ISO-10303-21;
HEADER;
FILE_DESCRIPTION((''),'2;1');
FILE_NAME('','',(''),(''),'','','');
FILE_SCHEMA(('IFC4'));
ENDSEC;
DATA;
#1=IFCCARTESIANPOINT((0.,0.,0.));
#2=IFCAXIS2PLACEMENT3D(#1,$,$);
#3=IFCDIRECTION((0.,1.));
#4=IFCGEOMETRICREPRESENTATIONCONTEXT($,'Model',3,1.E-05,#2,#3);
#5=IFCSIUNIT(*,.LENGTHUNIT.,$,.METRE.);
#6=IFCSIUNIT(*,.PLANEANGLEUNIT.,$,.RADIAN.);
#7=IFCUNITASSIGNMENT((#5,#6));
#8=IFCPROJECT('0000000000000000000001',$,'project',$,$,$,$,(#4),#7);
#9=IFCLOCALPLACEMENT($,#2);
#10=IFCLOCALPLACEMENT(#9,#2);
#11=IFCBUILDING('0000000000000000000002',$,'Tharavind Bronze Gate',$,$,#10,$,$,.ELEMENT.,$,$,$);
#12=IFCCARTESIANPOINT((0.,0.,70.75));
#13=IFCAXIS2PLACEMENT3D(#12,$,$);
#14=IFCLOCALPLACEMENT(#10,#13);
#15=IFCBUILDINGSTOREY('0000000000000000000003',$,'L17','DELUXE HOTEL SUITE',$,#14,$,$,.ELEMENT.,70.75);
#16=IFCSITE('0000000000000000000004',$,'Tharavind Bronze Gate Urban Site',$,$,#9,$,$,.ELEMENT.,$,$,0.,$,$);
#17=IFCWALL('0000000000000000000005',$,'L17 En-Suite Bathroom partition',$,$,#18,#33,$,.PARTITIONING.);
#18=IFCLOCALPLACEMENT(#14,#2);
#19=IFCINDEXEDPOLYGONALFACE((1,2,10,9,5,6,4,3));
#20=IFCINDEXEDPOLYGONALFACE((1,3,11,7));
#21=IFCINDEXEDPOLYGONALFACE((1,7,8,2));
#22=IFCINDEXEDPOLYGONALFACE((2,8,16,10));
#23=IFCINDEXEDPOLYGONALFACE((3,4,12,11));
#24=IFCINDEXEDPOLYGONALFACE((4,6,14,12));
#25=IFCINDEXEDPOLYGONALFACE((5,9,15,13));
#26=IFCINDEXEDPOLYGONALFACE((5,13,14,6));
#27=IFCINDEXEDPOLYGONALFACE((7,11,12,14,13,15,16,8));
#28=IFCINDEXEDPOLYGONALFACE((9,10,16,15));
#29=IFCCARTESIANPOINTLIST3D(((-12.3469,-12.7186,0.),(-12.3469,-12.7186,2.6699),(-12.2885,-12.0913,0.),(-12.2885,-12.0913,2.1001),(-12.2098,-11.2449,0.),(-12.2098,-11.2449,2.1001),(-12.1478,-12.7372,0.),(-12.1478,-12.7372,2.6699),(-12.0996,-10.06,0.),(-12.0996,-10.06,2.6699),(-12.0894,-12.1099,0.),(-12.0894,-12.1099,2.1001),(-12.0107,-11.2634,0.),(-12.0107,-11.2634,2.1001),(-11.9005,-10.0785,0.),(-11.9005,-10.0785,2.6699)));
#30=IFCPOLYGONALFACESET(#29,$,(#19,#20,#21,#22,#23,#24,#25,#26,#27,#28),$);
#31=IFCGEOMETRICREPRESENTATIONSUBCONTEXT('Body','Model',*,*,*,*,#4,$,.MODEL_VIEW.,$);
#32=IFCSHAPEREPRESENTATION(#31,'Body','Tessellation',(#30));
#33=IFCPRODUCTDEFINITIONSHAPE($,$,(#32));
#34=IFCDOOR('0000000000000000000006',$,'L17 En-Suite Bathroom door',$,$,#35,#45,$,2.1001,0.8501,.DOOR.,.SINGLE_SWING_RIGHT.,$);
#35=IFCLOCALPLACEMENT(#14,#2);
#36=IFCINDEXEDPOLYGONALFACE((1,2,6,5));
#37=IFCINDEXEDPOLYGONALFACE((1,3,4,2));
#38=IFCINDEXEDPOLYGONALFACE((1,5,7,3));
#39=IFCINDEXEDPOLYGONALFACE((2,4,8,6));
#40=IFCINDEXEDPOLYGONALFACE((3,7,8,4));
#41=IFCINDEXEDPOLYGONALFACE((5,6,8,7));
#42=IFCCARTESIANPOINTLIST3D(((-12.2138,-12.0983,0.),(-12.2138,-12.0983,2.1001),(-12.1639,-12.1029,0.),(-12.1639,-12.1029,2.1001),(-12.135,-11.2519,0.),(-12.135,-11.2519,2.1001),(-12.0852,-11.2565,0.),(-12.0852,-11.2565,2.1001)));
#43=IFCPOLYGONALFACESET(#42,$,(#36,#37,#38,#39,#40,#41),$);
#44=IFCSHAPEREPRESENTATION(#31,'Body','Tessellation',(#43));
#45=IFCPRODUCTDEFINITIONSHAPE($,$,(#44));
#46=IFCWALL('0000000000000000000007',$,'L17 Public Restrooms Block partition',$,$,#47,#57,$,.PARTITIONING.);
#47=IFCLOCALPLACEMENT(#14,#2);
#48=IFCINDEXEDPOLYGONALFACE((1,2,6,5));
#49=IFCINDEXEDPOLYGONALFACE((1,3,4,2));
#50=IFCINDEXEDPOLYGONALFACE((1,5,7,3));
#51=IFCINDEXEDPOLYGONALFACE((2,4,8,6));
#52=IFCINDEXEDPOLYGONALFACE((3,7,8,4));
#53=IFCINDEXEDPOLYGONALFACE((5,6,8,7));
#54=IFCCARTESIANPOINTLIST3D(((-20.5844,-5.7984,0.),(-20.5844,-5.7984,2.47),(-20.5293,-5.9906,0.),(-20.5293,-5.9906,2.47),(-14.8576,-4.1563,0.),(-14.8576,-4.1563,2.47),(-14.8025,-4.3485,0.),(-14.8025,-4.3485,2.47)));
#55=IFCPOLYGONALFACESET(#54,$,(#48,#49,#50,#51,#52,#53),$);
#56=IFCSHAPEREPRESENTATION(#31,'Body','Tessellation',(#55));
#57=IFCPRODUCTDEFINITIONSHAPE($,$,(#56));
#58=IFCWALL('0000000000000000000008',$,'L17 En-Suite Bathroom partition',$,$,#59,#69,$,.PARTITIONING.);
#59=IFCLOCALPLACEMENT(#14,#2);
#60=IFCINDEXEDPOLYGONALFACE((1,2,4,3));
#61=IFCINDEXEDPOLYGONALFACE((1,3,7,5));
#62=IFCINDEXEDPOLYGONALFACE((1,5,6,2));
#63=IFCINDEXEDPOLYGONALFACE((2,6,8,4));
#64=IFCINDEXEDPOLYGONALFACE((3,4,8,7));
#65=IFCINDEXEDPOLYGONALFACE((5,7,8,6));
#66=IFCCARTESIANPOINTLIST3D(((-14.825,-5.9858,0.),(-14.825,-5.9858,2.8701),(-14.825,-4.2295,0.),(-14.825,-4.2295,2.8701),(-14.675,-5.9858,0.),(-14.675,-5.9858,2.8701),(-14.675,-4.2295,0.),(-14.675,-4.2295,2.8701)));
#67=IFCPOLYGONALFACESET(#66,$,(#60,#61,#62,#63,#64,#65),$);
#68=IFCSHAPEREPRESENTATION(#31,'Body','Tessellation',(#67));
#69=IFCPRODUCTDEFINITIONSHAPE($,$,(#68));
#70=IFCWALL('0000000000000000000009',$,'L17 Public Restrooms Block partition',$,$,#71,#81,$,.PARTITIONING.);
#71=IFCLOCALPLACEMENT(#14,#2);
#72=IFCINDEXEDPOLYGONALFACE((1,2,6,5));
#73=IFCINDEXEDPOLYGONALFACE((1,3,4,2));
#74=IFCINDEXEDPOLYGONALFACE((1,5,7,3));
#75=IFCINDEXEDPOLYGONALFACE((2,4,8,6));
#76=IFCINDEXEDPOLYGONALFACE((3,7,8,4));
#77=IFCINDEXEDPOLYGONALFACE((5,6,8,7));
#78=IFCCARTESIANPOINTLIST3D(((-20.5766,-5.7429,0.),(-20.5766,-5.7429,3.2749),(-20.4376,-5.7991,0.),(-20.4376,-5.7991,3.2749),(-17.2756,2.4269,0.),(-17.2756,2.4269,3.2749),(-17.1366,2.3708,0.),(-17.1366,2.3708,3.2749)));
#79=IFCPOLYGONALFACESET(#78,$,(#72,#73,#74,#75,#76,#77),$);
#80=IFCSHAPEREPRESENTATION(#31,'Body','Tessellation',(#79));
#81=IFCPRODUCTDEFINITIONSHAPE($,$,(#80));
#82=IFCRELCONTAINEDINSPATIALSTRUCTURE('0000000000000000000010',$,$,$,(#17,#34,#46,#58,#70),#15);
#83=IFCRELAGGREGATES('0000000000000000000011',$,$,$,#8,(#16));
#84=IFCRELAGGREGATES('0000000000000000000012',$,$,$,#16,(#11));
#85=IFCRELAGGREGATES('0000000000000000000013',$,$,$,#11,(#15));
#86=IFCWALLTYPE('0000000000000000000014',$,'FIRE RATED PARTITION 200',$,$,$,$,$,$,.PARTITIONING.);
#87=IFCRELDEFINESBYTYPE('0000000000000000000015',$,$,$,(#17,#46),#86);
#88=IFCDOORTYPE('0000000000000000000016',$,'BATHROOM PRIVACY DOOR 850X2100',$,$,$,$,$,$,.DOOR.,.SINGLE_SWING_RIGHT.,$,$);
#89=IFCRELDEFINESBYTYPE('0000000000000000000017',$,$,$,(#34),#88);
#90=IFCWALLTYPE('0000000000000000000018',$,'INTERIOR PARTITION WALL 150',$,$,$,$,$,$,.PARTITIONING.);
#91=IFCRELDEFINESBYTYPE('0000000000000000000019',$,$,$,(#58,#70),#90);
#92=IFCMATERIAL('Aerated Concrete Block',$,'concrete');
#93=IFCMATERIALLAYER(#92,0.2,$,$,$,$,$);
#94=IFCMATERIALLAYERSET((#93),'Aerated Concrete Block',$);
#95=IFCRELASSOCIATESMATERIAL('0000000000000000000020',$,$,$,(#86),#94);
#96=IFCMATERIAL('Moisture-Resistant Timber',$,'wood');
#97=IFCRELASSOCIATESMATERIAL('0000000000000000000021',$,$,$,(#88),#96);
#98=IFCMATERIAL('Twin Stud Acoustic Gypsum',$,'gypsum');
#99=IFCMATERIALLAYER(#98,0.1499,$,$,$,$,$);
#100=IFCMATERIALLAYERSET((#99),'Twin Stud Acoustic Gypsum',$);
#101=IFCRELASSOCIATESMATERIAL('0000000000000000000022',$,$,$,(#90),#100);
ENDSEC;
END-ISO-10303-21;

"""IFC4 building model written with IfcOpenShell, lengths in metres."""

from ifc_helpers import new_model, si_unit, direction, frame, frame_2d, origin, place, context, subcontext, project, spatial, rectangle, extrude, material, layer, layer_set, type_object, element, fill, save


model = new_model("IFC4")

# Units and contexts
model_context = context("Model", 3, precision=1e-05, world=origin(), true_north=direction((0.0, 1.0)))
body_context = subcontext(model_context, "Body", "Model", "MODEL_VIEW")
ifc_project = project(units=[si_unit("LENGTHUNIT", "METRE"), si_unit("PLANEANGLEUNIT", "RADIAN")], contexts=[model_context])

# Site, building, storey
site_placement = place(None, origin())
site = spatial("IfcSite", under=ifc_project, at=site_placement, Name="Tharavind Bronze Gate Urban Site", CompositionType="ELEMENT", RefElevation=0.0)
building_placement = place(site_placement, origin())
building = spatial("IfcBuilding", under=site, at=building_placement, Name="Tharavind Bronze Gate", CompositionType="ELEMENT")
storey_placement = place(building_placement, frame((0.0, 0.0, 70.75)))
storey = spatial("IfcBuildingStorey", under=building, at=storey_placement, Name="L17", Description="DELUXE HOTEL SUITE", CompositionType="ELEMENT", Elevation=70.75)

# Shared definitions
ifc_material_1 = material(Name="Aerated Concrete Block", Category="concrete")
ifc_layer_1 = layer(ifc_material_1, 0.2)
ifc_layer_set_1 = layer_set([ifc_layer_1], Name="Aerated Concrete Block")
wall_type_1 = type_object("IfcWallType", Name="FIRE RATED PARTITION 200", PredefinedType="PARTITIONING", material=ifc_layer_set_1)

# Wall, opening, door
wall_1_placement = place(storey_placement, frame((-12.2473, -12.7278, 0.0), z_axis=(0.0, 0.0, 1.0), x_axis=(0.092621, 0.995701, 0.0)))
wall_1 = element("IfcWall", 1, at=wall_1_placement, inside=storey, type_object=wall_type_1, Name="L17 En-Suite Bathroom partition", PredefinedType="PARTITIONING", context=body_context, shape_type="SweptSolid", body=[
    extrude(rectangle(XDim=2.6702, YDim=0.2, at=frame_2d((1.335, 0.0))), origin(), (0.0, 0.0, 1.0), 2.6699),
])
opening_placement = place(wall_1_placement, frame((0.6299, 0.0, 0.0)))
opening = element("IfcOpeningElement", 2, at=opening_placement, cuts=wall_1, PredefinedType="OPENING", context=body_context, shape_type="SweptSolid", body=[
    extrude(rectangle(XDim=0.8501, YDim=2.1001, at=frame_2d((0.425, 1.05))), frame((0.0, 0.1101, 0.0), z_axis=(0.0, -1.0, 0.0), x_axis=(1.0, 0.0, 0.0)), (0.0, 0.0, 1.0), 0.22),
])
ifc_material_2 = material(Name="Moisture-Resistant Timber", Category="wood")
door_type = type_object("IfcDoorType", Name="BATHROOM PRIVACY DOOR 850X2100", OperationType="SINGLE_SWING_RIGHT", PredefinedType="DOOR", material=ifc_material_2)
door_placement = place(opening_placement, origin())
door = element("IfcDoor", 3, at=door_placement, inside=storey, type_object=door_type, Name="L17 En-Suite Bathroom door", OperationType="SINGLE_SWING_RIGHT", OverallHeight=2.1001, OverallWidth=0.8501, PredefinedType="DOOR", context=body_context, shape_type="SweptSolid", body=[
    extrude(rectangle(XDim=0.8501, YDim=2.1001, at=frame_2d((0.425, 1.05))), frame((0.0, 0.0249, 0.0), z_axis=(0.0, -1.0, 0.0), x_axis=(1.0, 0.0, 0.0)), (0.0, 0.0, 1.0), 0.05),
])
fill(opening, door)

# Walls
wall_2_placement = place(storey_placement, frame((-14.8301, -4.2524, 0.0), z_axis=(0.0, 0.0, 1.0), x_axis=(-0.961264, -0.27563, 0.0)))
element("IfcWall", 4, at=wall_2_placement, inside=storey, type_object=wall_type_1, Name="L17 Public Restrooms Block partition", PredefinedType="PARTITIONING", context=body_context, shape_type="SweptSolid", body=[
    extrude(rectangle(XDim=5.9575, YDim=0.2, at=frame_2d((2.9788, 0.0))), origin(), (0.0, 0.0, 1.0), 2.47),
])
ifc_material_3 = material(Name="Twin Stud Acoustic Gypsum", Category="gypsum")
ifc_layer_2 = layer(ifc_material_3, 0.1499)
ifc_layer_set_2 = layer_set([ifc_layer_2], Name="Twin Stud Acoustic Gypsum")
wall_type_2 = type_object("IfcWallType", Name="INTERIOR PARTITION WALL 150", PredefinedType="PARTITIONING", material=ifc_layer_set_2)
wall_3_placement = place(storey_placement, frame((-14.75, -5.9858, 0.0), z_axis=(0.0, 0.0, 1.0), x_axis=(0.0, 1.0, 0.0)))
element("IfcWall", 5, at=wall_3_placement, inside=storey, type_object=wall_type_2, Name="L17 En-Suite Bathroom partition", PredefinedType="PARTITIONING", context=body_context, shape_type="SweptSolid", body=[
    extrude(rectangle(XDim=1.7563, YDim=0.1499, at=frame_2d((0.8782, 0.0))), origin(), (0.0, 0.0, 1.0), 2.8701),
])
wall_4_placement = place(storey_placement, frame((-20.5071, -5.771, 0.0), z_axis=(0.0, 0.0, 1.0), x_axis=(0.374622, 0.927177, 0.0)))
element("IfcWall", 6, at=wall_4_placement, inside=storey, type_object=wall_type_2, Name="L17 Public Restrooms Block partition", PredefinedType="PARTITIONING", context=body_context, shape_type="SweptSolid", body=[
    extrude(rectangle(XDim=8.8115, YDim=0.1499, at=frame_2d((4.4058, 0.0))), origin(), (0.0, 0.0, 1.0), 3.2749),
])

save(model, "model.ifc")
